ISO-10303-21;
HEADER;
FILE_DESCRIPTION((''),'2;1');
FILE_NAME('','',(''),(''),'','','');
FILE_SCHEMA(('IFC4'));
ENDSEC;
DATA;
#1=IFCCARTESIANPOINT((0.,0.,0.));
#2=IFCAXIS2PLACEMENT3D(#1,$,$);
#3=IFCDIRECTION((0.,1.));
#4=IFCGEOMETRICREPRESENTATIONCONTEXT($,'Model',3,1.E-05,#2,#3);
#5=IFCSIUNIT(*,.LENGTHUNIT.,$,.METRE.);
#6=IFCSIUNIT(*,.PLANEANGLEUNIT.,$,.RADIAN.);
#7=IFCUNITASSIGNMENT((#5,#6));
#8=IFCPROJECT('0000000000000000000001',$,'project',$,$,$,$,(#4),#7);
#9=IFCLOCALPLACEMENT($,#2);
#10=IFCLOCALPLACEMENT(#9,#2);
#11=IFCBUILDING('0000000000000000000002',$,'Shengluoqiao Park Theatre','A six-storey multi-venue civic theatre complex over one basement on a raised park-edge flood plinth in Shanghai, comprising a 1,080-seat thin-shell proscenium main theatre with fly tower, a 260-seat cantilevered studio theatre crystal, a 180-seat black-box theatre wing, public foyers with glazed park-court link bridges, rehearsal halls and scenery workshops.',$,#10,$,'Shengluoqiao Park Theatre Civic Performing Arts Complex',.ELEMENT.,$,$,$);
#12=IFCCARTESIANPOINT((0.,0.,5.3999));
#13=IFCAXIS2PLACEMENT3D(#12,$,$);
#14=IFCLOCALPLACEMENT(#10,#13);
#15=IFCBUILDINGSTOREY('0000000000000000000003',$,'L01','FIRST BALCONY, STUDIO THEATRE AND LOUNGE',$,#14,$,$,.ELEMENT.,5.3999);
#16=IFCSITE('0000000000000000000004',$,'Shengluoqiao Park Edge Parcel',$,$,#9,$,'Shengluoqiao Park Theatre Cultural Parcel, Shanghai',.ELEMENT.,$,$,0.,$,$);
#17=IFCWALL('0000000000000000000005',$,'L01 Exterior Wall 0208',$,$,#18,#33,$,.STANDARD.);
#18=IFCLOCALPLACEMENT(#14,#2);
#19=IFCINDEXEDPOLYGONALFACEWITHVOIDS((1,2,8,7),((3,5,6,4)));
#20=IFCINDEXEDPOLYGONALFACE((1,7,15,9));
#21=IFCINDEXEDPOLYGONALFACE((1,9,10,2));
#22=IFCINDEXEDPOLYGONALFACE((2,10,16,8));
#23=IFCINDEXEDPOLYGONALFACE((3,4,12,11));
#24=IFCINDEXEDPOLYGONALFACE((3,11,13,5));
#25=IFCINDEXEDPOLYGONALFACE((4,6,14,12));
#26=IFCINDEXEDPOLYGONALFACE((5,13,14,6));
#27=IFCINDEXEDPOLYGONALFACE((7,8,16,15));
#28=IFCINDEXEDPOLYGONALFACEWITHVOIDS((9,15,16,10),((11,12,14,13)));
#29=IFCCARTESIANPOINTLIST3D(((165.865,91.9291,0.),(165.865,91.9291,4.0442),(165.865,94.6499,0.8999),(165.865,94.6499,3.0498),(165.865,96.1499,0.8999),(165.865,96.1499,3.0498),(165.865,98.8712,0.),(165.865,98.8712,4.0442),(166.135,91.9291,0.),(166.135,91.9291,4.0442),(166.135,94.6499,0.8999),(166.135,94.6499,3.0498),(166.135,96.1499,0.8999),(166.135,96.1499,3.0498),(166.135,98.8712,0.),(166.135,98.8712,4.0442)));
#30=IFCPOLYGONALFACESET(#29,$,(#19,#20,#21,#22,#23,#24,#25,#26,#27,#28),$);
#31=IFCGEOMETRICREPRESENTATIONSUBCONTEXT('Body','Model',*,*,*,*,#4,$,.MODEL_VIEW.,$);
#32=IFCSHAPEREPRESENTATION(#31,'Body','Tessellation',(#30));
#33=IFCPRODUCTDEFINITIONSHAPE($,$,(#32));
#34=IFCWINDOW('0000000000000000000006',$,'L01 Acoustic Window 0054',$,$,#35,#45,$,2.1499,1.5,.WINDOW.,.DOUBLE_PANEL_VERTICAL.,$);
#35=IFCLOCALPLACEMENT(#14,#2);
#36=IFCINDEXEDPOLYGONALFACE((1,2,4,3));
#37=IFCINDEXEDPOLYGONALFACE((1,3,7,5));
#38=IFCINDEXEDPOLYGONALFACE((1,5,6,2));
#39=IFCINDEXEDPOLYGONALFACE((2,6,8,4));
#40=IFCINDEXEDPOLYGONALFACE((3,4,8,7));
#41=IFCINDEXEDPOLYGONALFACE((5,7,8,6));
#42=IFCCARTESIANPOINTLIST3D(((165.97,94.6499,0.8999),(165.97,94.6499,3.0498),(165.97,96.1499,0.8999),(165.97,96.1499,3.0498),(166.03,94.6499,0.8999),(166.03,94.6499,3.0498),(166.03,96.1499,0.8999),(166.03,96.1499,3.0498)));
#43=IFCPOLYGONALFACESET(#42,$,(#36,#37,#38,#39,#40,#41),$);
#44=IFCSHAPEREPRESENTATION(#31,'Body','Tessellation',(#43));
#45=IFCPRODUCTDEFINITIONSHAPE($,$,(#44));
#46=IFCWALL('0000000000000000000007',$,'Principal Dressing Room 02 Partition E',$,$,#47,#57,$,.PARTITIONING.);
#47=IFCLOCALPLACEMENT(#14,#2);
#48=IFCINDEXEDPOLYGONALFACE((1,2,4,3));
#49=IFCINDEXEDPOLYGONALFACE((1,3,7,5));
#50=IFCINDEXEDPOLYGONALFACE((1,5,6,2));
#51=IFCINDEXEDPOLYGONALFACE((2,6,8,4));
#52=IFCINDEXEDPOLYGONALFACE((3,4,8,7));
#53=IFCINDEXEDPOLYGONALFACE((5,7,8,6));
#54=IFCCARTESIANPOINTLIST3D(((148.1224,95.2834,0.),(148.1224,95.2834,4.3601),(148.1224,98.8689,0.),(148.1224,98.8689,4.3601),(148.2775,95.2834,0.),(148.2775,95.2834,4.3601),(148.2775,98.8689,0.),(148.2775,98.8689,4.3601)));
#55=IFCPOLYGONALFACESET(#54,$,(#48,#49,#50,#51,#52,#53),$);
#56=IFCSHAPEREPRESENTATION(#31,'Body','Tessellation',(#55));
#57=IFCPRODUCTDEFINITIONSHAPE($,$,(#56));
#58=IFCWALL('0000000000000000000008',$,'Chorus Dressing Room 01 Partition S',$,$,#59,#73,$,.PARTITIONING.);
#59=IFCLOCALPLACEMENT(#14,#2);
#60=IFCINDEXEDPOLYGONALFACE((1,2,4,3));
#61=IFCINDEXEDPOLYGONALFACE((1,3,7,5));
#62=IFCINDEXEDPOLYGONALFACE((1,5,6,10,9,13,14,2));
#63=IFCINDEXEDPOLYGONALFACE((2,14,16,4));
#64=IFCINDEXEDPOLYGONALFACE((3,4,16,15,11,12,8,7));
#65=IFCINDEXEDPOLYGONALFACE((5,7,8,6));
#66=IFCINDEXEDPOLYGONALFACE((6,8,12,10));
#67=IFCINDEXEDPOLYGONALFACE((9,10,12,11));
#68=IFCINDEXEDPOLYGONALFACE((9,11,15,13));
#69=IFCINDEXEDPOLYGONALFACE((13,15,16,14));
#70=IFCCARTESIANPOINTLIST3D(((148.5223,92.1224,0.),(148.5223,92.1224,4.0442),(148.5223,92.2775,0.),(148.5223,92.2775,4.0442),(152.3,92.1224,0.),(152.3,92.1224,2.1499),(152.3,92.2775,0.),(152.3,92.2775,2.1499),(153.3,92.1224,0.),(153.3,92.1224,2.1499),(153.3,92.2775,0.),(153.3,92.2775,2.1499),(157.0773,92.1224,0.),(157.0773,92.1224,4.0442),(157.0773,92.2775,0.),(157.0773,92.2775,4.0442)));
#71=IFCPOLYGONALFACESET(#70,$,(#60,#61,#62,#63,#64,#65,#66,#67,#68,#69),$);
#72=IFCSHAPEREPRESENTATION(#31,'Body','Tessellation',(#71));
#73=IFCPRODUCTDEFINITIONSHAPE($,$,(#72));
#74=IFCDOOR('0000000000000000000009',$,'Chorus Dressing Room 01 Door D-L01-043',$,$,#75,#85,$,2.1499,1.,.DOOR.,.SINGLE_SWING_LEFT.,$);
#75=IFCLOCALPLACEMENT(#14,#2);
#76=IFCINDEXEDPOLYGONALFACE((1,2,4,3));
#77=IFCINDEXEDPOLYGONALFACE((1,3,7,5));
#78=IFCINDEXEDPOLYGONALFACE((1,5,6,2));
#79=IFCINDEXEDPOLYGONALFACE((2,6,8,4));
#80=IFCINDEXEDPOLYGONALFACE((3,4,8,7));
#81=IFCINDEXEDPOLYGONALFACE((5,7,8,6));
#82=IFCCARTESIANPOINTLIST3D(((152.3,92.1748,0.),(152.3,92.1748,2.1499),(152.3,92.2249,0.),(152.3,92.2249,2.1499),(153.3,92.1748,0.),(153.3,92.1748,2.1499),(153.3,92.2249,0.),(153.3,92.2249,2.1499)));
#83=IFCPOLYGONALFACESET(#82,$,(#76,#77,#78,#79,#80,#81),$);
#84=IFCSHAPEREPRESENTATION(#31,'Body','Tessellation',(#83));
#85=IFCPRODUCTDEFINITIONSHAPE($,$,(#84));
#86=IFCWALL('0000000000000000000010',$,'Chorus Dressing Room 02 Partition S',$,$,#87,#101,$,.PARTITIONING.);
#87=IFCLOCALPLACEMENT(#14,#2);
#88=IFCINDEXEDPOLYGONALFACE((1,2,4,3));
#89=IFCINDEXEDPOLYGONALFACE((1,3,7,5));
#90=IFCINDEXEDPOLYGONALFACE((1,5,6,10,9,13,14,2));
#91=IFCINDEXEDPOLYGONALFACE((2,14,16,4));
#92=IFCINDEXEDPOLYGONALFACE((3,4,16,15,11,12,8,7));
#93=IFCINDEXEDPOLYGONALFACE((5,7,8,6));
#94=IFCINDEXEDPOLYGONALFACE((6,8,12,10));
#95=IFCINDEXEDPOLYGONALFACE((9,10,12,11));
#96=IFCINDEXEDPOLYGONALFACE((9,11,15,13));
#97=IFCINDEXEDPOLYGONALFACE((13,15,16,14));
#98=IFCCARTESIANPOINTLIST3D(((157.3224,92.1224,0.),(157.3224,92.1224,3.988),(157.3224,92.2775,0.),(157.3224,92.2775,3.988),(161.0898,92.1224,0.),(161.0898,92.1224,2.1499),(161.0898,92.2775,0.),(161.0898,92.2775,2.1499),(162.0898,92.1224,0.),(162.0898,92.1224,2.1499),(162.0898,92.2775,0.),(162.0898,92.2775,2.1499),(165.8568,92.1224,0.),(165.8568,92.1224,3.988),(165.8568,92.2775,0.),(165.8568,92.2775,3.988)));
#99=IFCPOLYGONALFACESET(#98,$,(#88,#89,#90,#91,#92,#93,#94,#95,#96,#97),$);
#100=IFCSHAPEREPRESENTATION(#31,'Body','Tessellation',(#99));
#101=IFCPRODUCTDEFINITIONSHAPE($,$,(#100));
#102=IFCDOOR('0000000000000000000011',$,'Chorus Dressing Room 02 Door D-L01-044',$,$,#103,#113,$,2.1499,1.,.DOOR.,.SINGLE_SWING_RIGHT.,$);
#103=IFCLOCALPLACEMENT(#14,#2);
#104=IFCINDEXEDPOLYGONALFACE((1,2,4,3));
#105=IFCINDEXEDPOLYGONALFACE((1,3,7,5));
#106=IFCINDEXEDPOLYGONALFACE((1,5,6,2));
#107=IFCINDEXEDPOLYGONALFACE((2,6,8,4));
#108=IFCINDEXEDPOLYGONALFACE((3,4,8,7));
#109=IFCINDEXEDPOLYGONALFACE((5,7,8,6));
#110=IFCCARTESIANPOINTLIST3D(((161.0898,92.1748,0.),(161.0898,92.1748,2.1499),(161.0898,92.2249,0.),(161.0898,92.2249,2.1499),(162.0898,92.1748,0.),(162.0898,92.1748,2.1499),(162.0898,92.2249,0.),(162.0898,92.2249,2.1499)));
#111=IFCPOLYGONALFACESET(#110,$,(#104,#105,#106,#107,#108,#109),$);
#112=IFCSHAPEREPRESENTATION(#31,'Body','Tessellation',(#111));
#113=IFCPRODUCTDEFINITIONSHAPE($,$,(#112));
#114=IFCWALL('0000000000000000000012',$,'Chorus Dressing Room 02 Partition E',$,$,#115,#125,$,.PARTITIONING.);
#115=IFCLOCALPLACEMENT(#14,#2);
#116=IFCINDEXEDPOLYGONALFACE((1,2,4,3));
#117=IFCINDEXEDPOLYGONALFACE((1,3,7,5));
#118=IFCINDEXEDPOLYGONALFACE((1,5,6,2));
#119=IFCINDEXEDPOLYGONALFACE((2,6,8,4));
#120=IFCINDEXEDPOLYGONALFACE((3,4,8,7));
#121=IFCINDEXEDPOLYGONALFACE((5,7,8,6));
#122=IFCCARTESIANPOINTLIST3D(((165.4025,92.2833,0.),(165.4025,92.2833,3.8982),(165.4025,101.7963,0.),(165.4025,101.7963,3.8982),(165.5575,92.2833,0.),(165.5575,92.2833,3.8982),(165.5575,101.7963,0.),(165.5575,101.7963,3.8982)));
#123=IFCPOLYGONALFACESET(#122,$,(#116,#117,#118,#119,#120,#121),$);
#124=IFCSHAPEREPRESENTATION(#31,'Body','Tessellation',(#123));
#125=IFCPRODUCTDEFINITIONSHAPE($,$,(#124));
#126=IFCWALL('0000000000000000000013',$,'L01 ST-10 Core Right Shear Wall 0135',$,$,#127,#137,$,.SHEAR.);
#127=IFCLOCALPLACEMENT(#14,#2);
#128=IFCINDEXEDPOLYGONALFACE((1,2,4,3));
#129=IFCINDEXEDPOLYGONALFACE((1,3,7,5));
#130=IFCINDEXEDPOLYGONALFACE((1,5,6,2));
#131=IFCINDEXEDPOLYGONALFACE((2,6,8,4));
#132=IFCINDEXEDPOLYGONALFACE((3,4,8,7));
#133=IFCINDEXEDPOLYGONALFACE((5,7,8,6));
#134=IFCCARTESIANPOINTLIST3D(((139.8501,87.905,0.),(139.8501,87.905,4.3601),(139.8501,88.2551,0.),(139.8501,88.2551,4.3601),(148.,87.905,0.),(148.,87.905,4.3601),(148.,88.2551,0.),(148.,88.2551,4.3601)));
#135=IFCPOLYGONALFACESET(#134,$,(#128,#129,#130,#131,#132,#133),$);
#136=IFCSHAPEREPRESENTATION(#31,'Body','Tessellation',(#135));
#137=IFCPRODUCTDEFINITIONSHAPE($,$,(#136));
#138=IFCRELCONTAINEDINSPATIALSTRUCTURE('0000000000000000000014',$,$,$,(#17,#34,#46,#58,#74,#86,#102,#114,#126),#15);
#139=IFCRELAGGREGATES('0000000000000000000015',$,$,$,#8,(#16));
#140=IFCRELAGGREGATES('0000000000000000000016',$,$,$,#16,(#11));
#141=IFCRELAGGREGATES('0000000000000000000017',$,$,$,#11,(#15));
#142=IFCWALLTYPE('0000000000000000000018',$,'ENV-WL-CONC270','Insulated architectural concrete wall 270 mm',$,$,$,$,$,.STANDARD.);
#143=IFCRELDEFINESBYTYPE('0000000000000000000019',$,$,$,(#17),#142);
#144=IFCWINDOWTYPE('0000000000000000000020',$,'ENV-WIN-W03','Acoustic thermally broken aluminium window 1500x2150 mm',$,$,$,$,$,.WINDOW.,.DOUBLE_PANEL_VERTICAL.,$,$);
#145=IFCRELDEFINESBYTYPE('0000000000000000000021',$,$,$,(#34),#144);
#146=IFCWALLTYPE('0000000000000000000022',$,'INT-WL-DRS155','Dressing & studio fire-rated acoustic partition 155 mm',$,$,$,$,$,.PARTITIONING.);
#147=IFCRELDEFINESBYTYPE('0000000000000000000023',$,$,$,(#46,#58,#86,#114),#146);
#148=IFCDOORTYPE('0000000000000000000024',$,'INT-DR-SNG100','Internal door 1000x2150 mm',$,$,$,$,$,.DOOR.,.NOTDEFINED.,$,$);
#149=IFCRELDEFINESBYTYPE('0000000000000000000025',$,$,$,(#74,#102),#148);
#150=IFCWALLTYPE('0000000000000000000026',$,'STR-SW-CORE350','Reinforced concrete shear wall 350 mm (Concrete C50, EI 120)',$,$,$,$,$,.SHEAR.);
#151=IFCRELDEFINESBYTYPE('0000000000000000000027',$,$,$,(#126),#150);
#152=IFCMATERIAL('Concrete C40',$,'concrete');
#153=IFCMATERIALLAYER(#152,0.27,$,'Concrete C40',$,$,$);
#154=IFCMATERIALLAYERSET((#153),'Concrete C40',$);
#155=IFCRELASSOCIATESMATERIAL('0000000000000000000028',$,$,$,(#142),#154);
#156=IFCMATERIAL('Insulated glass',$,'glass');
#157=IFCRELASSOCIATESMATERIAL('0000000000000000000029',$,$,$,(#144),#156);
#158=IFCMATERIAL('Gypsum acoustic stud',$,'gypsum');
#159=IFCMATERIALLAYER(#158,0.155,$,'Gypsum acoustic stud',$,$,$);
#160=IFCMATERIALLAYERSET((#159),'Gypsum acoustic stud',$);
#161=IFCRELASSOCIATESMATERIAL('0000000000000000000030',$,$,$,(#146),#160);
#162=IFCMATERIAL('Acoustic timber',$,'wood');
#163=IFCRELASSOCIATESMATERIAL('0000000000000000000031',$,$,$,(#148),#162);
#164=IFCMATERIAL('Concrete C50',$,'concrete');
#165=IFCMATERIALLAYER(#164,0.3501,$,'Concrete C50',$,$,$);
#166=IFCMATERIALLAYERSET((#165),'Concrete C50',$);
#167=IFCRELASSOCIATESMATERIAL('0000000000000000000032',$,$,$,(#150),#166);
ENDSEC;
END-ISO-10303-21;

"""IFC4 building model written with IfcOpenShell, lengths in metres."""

from ifc_helpers import new_model, si_unit, direction, frame, frame_2d, origin, place, context, subcontext, project, spatial, rectangle, extrude, material, layer, layer_set, type_object, element, fill, save


model = new_model("IFC4")

# Units and contexts
model_context = context("Model", 3, precision=1e-05, world=origin(), true_north=direction((0.0, 1.0)))
body_context = subcontext(model_context, "Body", "Model", "MODEL_VIEW")
ifc_project = project(units=[si_unit("LENGTHUNIT", "METRE"), si_unit("PLANEANGLEUNIT", "RADIAN")], contexts=[model_context])

# Site, building, storey
site_placement = place(None, origin())
site = spatial("IfcSite", under=ifc_project, at=site_placement, Name="Shengluoqiao Park Edge Parcel", LongName="Shengluoqiao Park Theatre Cultural Parcel, Shanghai", CompositionType="ELEMENT", RefElevation=0.0)
building_placement = place(site_placement, origin())
building = spatial("IfcBuilding", under=site, at=building_placement, Name="Shengluoqiao Park Theatre", Description="A six-storey multi-venue civic theatre complex over one basement on a raised park-edge flood plinth in Shanghai, comprising a 1,080-seat thin-shell proscenium main theatre with fly tower, a 260-seat cantilevered studio theatre crystal, a 180-seat black-box theatre wing, public foyers with glazed park-court link bridges, rehearsal halls and scenery workshops.", LongName="Shengluoqiao Park Theatre Civic Performing Arts Complex", CompositionType="ELEMENT")
storey_placement = place(building_placement, frame((0.0, 0.0, 5.3999)))
storey = spatial("IfcBuildingStorey", under=building, at=storey_placement, Name="L01", Description="FIRST BALCONY, STUDIO THEATRE AND LOUNGE", CompositionType="ELEMENT", Elevation=5.3999)

# Shared definitions
ifc_material_1 = material(Name="Concrete C40", Category="concrete")

# Wall, opening, window
ifc_layer_1 = layer(ifc_material_1, 0.27, Name="Concrete C40")
ifc_layer_set_1 = layer_set([ifc_layer_1], Name="Concrete C40")
wall_type_1 = type_object("IfcWallType", Name="ENV-WL-CONC270", Description="Insulated architectural concrete wall 270 mm", PredefinedType="STANDARD", material=ifc_layer_set_1)
wall_1_placement = place(storey_placement, frame((166.0, 91.929, 0.0), z_axis=(0.0, 0.0, 1.0), x_axis=(0.0, 1.0, 0.0)))
wall_1 = element("IfcWall", 1, at=wall_1_placement, inside=storey, type_object=wall_type_1, Name="L01 Exterior Wall 0208", PredefinedType="STANDARD", context=body_context, shape_type="SweptSolid", body=[
    extrude(rectangle(XDim=6.9421, YDim=0.27, at=frame_2d((3.4712, 0.0))), origin(), (0.0, 0.0, 1.0), 4.0442),
])
opening_1_placement = place(wall_1_placement, frame((2.7209, 0.0, 0.8999)))
opening_1 = element("IfcOpeningElement", 2, at=opening_1_placement, cuts=wall_1, PredefinedType="OPENING", context=body_context, shape_type="SweptSolid", body=[
    extrude(rectangle(XDim=1.5, YDim=2.1499, at=frame_2d((0.75, 1.075))), frame((0.0, 0.145, 0.0), z_axis=(0.0, -1.0, 0.0), x_axis=(1.0, 0.0, 0.0)), (0.0, 0.0, 1.0), 0.29),
])
ifc_material_2 = material(Name="Insulated glass", Category="glass")
window_type = type_object("IfcWindowType", Name="ENV-WIN-W03", Description="Acoustic thermally broken aluminium window 1500x2150 mm", PartitioningType="DOUBLE_PANEL_VERTICAL", PredefinedType="WINDOW", material=ifc_material_2)
window_placement = place(opening_1_placement, origin())
window = element("IfcWindow", 3, at=window_placement, inside=storey, type_object=window_type, Name="L01 Acoustic Window 0054", OverallHeight=2.1499, OverallWidth=1.5, PartitioningType="DOUBLE_PANEL_VERTICAL", PredefinedType="WINDOW", context=body_context, shape_type="SweptSolid", body=[
    extrude(rectangle(XDim=1.5, YDim=2.1499, at=frame_2d((0.75, 1.075))), frame((0.0, 0.03, 0.0), z_axis=(0.0, -1.0, 0.0), x_axis=(1.0, 0.0, 0.0)), (0.0, 0.0, 1.0), 0.0601),
])
fill(opening_1, window)

# Wall
ifc_material_3 = material(Name="Gypsum acoustic stud", Category="gypsum")
ifc_layer_2 = layer(ifc_material_3, 0.155, Name="Gypsum acoustic stud")
ifc_layer_set_2 = layer_set([ifc_layer_2], Name="Gypsum acoustic stud")
wall_type_2 = type_object("IfcWallType", Name="INT-WL-DRS155", Description="Dressing & studio fire-rated acoustic partition 155 mm", PredefinedType="PARTITIONING", material=ifc_layer_set_2)
wall_2_placement = place(storey_placement, frame((148.2, 95.2834, 0.0), z_axis=(0.0, 0.0, 1.0), x_axis=(0.0, 1.0, 0.0)))
element("IfcWall", 4, at=wall_2_placement, inside=storey, type_object=wall_type_2, Name="Principal Dressing Room 02 Partition E", PredefinedType="PARTITIONING", context=body_context, shape_type="SweptSolid", body=[
    extrude(rectangle(XDim=3.5854, YDim=0.155, at=frame_2d((1.7927, 0.0))), origin(), (0.0, 0.0, 1.0), 4.3601),
])

# Walls, openings, doors
wall_3_placement = place(storey_placement, frame((148.5225, 92.2, 0.0), z_axis=(0.0, 0.0, 1.0), x_axis=(1.0, 0.0, 0.0)))
wall_3 = element("IfcWall", 5, at=wall_3_placement, inside=storey, type_object=wall_type_2, Name="Chorus Dressing Room 01 Partition S", PredefinedType="PARTITIONING", context=body_context, shape_type="SweptSolid", body=[
    extrude(rectangle(XDim=8.5549, YDim=0.155, at=frame_2d((4.2773, 0.0))), origin(), (0.0, 0.0, 1.0), 4.0442),
])
opening_2_placement = place(wall_3_placement, frame((3.7776, 0.0, 0.0)))
opening_2 = element("IfcOpeningElement", 6, at=opening_2_placement, cuts=wall_3, PredefinedType="OPENING", context=body_context, shape_type="SweptSolid", body=[
    extrude(rectangle(XDim=1.0, YDim=2.1499, at=frame_2d((0.5, 1.075))), frame((0.0, 0.0874, 0.0), z_axis=(0.0, -1.0, 0.0), x_axis=(1.0, 0.0, 0.0)), (0.0, 0.0, 1.0), 0.175),
])
ifc_material_4 = material(Name="Acoustic timber", Category="wood")
door_type = type_object("IfcDoorType", Name="INT-DR-SNG100", Description="Internal door 1000x2150 mm", OperationType="NOTDEFINED", PredefinedType="DOOR", material=ifc_material_4)
door_1_placement = place(opening_2_placement, origin())
door_1 = element("IfcDoor", 7, at=door_1_placement, inside=storey, type_object=door_type, Name="Chorus Dressing Room 01 Door D-L01-043", OperationType="SINGLE_SWING_LEFT", OverallHeight=2.1499, OverallWidth=1.0, PredefinedType="DOOR", context=body_context, shape_type="SweptSolid", body=[
    extrude(rectangle(XDim=1.0, YDim=2.1499, at=frame_2d((0.5, 1.075))), frame((0.0, 0.0249, 0.0), z_axis=(0.0, -1.0, 0.0), x_axis=(1.0, 0.0, 0.0)), (0.0, 0.0, 1.0), 0.05),
])
fill(opening_2, door_1)
wall_4_placement = place(storey_placement, frame((157.3225, 92.2, 0.0), z_axis=(0.0, 0.0, 1.0), x_axis=(1.0, 0.0, 0.0)))
wall_4 = element("IfcWall", 8, at=wall_4_placement, inside=storey, type_object=wall_type_2, Name="Chorus Dressing Room 02 Partition S", PredefinedType="PARTITIONING", context=body_context, shape_type="SweptSolid", body=[
    extrude(rectangle(XDim=8.5344, YDim=0.155, at=frame_2d((4.2671, 0.0))), origin(), (0.0, 0.0, 1.0), 3.988),
])
opening_3_placement = place(wall_4_placement, frame((3.7673, 0.0, 0.0)))
opening_3 = element("IfcOpeningElement", 9, at=opening_3_placement, cuts=wall_4, PredefinedType="OPENING", context=body_context, shape_type="SweptSolid", body=[
    extrude(rectangle(XDim=1.0, YDim=2.1499, at=frame_2d((0.5, 1.075))), frame((0.0, 0.0874, 0.0), z_axis=(0.0, -1.0, 0.0), x_axis=(1.0, 0.0, 0.0)), (0.0, 0.0, 1.0), 0.175),
])
door_2_placement = place(opening_3_placement, origin())
door_2 = element("IfcDoor", 10, at=door_2_placement, inside=storey, type_object=door_type, Name="Chorus Dressing Room 02 Door D-L01-044", OperationType="SINGLE_SWING_RIGHT", OverallHeight=2.1499, OverallWidth=1.0, PredefinedType="DOOR", context=body_context, shape_type="SweptSolid", body=[
    extrude(rectangle(XDim=1.0, YDim=2.1499, at=frame_2d((0.5, 1.075))), frame((0.0, 0.0249, 0.0), z_axis=(0.0, -1.0, 0.0), x_axis=(1.0, 0.0, 0.0)), (0.0, 0.0, 1.0), 0.05),
])
fill(opening_3, door_2)

# Walls
wall_5_placement = place(storey_placement, frame((165.48, 92.2834, 0.0), z_axis=(0.0, 0.0, 1.0), x_axis=(0.0, 1.0, 0.0)))
element("IfcWall", 11, at=wall_5_placement, inside=storey, type_object=wall_type_2, Name="Chorus Dressing Room 02 Partition E", PredefinedType="PARTITIONING", context=body_context, shape_type="SweptSolid", body=[
    extrude(rectangle(XDim=9.5129, YDim=0.155, at=frame_2d((4.7563, 0.0))), origin(), (0.0, 0.0, 1.0), 3.8982),
])
ifc_material_5 = material(Name="Concrete C50", Category="concrete")
ifc_layer_3 = layer(ifc_material_5, 0.3501, Name="Concrete C50")
ifc_layer_set_3 = layer_set([ifc_layer_3], Name="Concrete C50")
wall_type_3 = type_object("IfcWallType", Name="STR-SW-CORE350", Description="Reinforced concrete shear wall 350 mm (Concrete C50, EI 120)", PredefinedType="SHEAR", material=ifc_layer_set_3)
wall_6_placement = place(storey_placement, frame((148.0, 88.0801, 0.0), z_axis=(0.0, 0.0, 1.0), x_axis=(-1.0, 0.0, 0.0)))
element("IfcWall", 12, at=wall_6_placement, inside=storey, type_object=wall_type_3, Name="L01 ST-10 Core Right Shear Wall 0135", PredefinedType="SHEAR", context=body_context, shape_type="SweptSolid", body=[
    extrude(rectangle(XDim=8.1499, YDim=0.3501, at=frame_2d((4.075, 0.0))), origin(), (0.0, 0.0, 1.0), 4.3601),
])

save(model, "model.ifc")
